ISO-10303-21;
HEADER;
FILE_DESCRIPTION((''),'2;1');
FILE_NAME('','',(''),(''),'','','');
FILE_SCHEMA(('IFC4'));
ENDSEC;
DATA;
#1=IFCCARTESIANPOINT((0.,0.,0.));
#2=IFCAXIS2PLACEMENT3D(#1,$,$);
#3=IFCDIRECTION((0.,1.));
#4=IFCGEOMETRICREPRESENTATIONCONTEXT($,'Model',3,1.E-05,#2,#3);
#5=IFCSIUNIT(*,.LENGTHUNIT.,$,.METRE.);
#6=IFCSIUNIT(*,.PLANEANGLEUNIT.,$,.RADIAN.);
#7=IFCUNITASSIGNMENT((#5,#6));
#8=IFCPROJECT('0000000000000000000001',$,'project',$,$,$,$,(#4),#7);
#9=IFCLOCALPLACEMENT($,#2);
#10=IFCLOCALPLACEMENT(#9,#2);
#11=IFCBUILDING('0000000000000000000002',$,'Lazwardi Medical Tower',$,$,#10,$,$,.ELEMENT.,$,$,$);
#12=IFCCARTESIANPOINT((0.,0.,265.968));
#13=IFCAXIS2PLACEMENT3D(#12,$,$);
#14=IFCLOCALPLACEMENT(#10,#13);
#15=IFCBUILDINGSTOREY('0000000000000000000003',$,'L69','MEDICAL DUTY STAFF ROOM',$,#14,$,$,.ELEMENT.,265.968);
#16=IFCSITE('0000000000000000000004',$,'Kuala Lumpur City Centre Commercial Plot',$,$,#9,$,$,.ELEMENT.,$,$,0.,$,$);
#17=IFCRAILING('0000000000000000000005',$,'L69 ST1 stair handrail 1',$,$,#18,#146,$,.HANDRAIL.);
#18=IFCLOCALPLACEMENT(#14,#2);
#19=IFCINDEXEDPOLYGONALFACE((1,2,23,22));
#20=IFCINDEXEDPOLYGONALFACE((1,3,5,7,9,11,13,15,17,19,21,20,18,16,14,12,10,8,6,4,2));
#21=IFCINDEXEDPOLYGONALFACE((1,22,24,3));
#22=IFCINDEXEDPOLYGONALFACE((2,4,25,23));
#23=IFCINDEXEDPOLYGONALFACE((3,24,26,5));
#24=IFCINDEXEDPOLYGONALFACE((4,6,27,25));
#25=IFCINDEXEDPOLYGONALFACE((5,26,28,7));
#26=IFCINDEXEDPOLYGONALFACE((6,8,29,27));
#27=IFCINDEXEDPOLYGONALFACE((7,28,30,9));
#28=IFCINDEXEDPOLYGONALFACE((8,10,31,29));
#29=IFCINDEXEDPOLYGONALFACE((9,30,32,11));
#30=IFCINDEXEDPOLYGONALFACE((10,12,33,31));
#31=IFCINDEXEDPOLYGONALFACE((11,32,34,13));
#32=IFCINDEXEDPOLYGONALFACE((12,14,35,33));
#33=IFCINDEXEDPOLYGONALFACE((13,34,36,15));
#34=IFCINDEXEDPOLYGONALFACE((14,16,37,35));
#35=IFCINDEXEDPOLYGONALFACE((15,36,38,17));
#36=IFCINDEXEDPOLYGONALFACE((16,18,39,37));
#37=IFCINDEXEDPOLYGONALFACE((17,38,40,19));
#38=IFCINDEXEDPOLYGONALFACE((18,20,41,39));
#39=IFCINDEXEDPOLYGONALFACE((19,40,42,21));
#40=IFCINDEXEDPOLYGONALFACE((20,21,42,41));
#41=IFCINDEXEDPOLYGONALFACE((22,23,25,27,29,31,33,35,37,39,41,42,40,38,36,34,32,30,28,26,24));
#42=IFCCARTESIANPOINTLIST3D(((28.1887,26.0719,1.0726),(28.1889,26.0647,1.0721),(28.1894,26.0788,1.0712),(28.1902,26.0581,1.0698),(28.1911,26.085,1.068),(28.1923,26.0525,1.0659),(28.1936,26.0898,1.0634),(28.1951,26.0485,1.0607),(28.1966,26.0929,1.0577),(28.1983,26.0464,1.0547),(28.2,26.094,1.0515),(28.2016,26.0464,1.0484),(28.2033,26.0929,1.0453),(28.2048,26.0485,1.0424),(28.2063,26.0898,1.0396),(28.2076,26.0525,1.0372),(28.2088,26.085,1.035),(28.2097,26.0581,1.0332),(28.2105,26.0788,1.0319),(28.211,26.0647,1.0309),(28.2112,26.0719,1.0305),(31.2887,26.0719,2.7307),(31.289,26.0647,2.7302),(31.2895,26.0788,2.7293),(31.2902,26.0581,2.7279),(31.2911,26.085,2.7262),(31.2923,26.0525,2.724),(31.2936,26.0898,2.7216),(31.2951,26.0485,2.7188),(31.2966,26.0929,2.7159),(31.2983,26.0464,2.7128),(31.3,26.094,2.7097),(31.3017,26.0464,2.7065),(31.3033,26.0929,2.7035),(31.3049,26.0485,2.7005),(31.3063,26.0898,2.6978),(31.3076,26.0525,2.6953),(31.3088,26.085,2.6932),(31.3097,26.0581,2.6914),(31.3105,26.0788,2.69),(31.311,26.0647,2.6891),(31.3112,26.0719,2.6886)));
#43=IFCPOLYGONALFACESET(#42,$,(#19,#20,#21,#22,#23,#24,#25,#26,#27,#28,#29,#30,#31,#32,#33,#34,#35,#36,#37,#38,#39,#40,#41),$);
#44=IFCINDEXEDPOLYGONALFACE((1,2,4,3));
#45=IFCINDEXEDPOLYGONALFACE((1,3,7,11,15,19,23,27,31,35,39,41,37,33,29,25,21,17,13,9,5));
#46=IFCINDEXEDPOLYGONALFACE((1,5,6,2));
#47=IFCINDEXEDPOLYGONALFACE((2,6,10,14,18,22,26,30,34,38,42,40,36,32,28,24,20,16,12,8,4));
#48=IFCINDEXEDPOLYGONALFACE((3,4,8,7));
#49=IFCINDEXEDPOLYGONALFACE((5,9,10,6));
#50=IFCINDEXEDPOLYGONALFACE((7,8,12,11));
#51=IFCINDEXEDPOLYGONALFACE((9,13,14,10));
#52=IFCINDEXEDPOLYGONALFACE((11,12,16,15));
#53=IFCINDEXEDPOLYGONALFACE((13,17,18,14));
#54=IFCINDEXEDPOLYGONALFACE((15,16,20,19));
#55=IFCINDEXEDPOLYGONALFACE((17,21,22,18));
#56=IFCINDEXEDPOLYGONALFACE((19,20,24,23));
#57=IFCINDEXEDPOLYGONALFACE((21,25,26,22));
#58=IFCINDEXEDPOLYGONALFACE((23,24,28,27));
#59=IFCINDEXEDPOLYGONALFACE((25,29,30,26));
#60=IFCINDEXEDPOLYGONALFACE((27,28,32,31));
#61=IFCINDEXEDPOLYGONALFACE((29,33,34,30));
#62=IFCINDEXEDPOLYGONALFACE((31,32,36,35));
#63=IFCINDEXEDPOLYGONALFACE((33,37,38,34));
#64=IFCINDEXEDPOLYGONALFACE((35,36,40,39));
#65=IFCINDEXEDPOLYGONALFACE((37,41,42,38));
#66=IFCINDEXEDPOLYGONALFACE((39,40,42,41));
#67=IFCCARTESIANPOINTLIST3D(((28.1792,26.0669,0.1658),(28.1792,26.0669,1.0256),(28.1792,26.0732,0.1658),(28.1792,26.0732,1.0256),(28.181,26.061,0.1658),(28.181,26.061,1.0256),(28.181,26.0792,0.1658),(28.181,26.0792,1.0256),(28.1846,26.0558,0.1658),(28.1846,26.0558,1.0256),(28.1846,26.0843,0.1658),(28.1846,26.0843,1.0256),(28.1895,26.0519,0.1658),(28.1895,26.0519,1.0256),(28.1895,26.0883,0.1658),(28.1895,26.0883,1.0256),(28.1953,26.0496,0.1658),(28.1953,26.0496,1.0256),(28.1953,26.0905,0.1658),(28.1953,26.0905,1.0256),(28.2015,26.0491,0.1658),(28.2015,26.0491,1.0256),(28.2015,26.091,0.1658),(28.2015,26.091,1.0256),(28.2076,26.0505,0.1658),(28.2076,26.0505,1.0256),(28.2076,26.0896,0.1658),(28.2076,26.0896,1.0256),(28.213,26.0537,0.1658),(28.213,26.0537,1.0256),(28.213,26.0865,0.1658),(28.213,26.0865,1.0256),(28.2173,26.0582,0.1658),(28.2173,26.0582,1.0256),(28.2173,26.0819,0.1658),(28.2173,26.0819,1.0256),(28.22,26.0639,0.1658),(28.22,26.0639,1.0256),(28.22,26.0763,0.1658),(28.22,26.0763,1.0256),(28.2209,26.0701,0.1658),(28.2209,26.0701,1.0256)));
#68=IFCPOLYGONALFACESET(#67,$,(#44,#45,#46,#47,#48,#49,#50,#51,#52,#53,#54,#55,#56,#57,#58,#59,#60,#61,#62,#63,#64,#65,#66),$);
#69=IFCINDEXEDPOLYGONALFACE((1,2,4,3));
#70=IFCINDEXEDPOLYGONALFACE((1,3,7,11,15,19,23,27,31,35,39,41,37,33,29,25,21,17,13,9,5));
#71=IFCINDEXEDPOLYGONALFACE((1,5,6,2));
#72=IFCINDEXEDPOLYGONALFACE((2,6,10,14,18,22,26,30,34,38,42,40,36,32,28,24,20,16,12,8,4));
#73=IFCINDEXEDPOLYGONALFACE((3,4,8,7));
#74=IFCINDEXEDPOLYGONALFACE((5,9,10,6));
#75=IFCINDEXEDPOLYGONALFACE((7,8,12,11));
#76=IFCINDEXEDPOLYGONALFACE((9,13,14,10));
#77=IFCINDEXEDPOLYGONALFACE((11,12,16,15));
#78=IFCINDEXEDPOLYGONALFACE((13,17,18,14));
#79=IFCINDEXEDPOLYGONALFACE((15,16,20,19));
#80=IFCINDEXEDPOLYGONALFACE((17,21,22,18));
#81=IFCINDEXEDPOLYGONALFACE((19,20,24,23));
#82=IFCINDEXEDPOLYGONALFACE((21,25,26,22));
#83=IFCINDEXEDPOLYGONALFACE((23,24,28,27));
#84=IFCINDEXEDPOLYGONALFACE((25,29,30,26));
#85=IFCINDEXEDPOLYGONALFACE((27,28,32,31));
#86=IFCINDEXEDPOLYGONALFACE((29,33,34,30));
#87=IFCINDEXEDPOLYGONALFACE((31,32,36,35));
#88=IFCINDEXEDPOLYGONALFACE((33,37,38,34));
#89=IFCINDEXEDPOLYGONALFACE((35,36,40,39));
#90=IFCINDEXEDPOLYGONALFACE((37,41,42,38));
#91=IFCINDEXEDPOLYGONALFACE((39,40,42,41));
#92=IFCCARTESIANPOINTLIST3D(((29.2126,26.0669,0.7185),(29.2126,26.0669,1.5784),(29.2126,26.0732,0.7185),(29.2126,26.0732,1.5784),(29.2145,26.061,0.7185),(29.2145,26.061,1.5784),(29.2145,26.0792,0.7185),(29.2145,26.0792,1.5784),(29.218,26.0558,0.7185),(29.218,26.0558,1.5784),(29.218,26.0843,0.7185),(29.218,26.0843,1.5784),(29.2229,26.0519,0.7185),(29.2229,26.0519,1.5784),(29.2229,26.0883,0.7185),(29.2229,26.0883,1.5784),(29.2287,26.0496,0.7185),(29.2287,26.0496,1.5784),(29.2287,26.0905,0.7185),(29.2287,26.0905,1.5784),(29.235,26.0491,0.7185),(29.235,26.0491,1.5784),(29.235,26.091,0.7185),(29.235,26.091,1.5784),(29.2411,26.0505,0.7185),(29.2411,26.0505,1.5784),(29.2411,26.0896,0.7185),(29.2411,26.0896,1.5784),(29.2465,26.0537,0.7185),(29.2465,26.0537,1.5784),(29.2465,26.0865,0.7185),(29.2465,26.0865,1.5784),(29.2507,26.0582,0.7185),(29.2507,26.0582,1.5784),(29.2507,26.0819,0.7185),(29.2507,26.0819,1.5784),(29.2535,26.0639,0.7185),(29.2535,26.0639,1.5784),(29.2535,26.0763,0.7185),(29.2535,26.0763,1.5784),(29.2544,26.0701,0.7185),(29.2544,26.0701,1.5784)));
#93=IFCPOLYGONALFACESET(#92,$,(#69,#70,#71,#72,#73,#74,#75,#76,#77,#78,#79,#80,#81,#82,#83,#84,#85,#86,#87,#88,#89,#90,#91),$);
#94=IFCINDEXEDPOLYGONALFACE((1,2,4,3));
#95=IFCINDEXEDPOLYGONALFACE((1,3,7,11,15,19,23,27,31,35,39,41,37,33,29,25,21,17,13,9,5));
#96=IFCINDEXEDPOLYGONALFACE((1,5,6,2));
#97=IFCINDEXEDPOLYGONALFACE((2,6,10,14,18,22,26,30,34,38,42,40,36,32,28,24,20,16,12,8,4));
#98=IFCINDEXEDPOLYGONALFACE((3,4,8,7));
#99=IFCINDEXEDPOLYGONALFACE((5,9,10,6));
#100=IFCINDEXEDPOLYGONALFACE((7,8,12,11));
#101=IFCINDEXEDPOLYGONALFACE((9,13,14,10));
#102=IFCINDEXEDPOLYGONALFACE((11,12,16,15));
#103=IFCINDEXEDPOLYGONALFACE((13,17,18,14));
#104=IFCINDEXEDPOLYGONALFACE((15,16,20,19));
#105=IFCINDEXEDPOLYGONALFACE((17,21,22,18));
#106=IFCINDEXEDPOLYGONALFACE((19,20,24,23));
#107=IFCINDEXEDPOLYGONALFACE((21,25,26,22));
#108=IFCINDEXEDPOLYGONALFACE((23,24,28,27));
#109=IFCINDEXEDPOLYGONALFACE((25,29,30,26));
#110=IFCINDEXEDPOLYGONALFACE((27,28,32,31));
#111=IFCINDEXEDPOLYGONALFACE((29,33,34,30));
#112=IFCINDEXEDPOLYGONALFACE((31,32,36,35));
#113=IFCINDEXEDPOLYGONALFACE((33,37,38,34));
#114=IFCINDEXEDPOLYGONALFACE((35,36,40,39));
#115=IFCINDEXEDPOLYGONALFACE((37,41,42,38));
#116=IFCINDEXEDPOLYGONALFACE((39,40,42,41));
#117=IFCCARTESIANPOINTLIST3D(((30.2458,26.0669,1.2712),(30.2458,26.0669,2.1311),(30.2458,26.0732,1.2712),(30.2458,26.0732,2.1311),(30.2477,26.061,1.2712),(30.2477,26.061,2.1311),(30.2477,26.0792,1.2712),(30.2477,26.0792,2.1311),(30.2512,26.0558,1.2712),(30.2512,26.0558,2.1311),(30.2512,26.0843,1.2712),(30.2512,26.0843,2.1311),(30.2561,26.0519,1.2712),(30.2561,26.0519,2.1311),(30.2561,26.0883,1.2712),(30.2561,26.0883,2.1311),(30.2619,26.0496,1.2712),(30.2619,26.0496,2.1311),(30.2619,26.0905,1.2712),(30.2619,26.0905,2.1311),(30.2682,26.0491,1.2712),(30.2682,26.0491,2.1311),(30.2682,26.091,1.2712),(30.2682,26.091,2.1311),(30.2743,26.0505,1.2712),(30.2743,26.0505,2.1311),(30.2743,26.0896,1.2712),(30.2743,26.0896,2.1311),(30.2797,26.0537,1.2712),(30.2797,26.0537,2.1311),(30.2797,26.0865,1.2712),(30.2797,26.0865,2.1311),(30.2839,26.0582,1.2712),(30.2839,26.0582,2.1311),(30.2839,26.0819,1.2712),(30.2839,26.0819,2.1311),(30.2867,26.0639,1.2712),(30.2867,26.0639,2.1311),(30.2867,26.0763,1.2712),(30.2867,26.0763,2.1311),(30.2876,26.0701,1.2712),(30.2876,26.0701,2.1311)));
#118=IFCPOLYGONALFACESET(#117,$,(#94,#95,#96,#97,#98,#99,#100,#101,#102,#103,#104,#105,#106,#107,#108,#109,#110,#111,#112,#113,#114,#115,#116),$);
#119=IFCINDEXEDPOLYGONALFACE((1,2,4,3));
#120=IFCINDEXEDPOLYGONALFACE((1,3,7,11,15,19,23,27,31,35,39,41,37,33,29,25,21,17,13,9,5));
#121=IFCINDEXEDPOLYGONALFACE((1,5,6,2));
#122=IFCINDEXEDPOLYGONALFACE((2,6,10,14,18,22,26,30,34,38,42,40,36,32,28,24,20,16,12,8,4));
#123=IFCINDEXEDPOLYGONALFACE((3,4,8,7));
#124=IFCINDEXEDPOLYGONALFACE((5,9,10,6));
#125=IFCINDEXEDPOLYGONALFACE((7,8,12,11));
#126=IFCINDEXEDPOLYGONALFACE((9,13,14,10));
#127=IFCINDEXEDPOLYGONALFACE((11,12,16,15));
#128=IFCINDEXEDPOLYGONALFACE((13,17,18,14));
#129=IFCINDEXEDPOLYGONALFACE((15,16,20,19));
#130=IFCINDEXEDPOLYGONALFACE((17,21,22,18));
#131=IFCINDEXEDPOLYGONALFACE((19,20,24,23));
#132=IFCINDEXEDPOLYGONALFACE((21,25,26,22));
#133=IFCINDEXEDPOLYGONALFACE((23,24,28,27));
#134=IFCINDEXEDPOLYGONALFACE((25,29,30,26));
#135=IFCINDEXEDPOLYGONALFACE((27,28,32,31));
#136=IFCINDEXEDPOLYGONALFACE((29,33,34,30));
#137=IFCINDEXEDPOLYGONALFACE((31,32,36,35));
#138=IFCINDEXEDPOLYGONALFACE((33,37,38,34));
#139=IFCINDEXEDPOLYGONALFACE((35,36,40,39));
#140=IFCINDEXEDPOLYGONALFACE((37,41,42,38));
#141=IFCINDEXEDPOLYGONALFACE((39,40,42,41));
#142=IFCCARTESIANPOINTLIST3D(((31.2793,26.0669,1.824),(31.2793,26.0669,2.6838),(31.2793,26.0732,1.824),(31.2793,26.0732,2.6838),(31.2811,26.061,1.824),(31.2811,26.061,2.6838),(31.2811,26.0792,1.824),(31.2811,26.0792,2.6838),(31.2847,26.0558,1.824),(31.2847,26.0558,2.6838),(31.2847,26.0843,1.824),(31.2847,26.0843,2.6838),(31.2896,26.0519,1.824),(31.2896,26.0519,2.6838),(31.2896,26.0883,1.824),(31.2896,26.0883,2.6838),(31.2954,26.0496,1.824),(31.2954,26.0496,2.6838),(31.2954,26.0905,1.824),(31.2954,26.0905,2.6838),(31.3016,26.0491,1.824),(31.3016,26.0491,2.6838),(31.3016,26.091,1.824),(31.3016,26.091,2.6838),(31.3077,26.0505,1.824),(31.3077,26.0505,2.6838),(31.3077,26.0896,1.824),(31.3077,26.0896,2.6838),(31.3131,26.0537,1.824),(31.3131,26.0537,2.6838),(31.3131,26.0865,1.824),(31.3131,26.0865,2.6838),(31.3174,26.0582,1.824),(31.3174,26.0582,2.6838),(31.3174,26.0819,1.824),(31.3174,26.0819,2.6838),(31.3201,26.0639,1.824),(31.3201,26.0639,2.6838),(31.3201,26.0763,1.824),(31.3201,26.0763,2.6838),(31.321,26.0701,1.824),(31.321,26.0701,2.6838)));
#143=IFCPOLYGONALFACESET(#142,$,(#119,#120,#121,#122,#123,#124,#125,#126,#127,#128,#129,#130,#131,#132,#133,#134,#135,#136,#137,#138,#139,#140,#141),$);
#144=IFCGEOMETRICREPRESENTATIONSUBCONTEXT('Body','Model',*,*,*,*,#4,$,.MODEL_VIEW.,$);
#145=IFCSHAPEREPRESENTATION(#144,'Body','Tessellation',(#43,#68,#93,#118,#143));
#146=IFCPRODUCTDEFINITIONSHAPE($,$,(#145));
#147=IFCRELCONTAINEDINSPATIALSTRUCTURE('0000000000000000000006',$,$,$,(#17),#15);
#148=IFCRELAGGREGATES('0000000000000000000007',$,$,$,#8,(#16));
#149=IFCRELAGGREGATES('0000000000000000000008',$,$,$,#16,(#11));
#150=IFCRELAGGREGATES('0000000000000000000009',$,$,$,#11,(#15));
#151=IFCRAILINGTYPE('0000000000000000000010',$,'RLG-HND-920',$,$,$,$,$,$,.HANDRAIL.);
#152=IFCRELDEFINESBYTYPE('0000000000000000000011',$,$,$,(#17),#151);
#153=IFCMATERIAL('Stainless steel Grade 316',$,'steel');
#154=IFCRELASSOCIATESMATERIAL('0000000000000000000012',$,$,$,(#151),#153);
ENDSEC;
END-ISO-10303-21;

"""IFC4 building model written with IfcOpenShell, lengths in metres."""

from ifc_helpers import new_model, si_unit, direction, frame, origin, origin_2d, place, context, subcontext, project, spatial, circle, extrude, material, type_object, element, save


model = new_model("IFC4")

# Units and contexts
model_context = context("Model", 3, precision=1e-05, world=origin(), true_north=direction((0.0, 1.0)))
body_context = subcontext(model_context, "Body", "Model", "MODEL_VIEW")
ifc_project = project(units=[si_unit("LENGTHUNIT", "METRE"), si_unit("PLANEANGLEUNIT", "RADIAN")], contexts=[model_context])

# Site, building, storey
site_placement = place(None, origin())
site = spatial("IfcSite", under=ifc_project, at=site_placement, Name="Kuala Lumpur City Centre Commercial Plot", CompositionType="ELEMENT", RefElevation=0.0)
building_placement = place(site_placement, origin())
building = spatial("IfcBuilding", under=site, at=building_placement, Name="Lazwardi Medical Tower", CompositionType="ELEMENT")
storey_placement = place(building_placement, frame((0.0, 0.0, 265.968)))
storey = spatial("IfcBuildingStorey", under=building, at=storey_placement, Name="L69", Description="MEDICAL DUTY STAFF ROOM", CompositionType="ELEMENT", Elevation=265.968)

# Railing
ifc_material_1 = material(Name="Stainless steel Grade 316", Category="steel")
railing_type_1 = type_object("IfcRailingType", Name="RLG-HND-920", PredefinedType="HANDRAIL", material=ifc_material_1)
railing_1_placement = place(storey_placement, frame((28.2, 26.0701, 0.1658)))
element("IfcRailing", 1, at=railing_1_placement, inside=storey, type_object=railing_type_1, Name="L69 ST1 stair handrail 1", PredefinedType="HANDRAIL", context=body_context, shape_type="SweptSolid", body=[
    extrude(circle(Radius=0.0239, at=origin_2d()), frame((0.0, 0.0, 0.8857), z_axis=(0.881783, 0.0, 0.471655), x_axis=(0.0, 1.0, 0.0)), (0.0, 0.0, 1.0), 3.5156),
    extrude(circle(Radius=0.021, at=origin_2d()), origin(), (0.0, 0.0, 1.0), 0.8599),
    extrude(circle(Radius=0.021, at=origin_2d()), frame((1.0334, 0.0, 0.5527)), (0.0, 0.0, 1.0), 0.8599),
    extrude(circle(Radius=0.021, at=origin_2d()), frame((2.0667, 0.0, 1.1055)), (0.0, 0.0, 1.0), 0.8599),
    extrude(circle(Radius=0.021, at=origin_2d()), frame((3.1001, 0.0, 1.6582)), (0.0, 0.0, 1.0), 0.8599),
])

save(model, "model.ifc")
